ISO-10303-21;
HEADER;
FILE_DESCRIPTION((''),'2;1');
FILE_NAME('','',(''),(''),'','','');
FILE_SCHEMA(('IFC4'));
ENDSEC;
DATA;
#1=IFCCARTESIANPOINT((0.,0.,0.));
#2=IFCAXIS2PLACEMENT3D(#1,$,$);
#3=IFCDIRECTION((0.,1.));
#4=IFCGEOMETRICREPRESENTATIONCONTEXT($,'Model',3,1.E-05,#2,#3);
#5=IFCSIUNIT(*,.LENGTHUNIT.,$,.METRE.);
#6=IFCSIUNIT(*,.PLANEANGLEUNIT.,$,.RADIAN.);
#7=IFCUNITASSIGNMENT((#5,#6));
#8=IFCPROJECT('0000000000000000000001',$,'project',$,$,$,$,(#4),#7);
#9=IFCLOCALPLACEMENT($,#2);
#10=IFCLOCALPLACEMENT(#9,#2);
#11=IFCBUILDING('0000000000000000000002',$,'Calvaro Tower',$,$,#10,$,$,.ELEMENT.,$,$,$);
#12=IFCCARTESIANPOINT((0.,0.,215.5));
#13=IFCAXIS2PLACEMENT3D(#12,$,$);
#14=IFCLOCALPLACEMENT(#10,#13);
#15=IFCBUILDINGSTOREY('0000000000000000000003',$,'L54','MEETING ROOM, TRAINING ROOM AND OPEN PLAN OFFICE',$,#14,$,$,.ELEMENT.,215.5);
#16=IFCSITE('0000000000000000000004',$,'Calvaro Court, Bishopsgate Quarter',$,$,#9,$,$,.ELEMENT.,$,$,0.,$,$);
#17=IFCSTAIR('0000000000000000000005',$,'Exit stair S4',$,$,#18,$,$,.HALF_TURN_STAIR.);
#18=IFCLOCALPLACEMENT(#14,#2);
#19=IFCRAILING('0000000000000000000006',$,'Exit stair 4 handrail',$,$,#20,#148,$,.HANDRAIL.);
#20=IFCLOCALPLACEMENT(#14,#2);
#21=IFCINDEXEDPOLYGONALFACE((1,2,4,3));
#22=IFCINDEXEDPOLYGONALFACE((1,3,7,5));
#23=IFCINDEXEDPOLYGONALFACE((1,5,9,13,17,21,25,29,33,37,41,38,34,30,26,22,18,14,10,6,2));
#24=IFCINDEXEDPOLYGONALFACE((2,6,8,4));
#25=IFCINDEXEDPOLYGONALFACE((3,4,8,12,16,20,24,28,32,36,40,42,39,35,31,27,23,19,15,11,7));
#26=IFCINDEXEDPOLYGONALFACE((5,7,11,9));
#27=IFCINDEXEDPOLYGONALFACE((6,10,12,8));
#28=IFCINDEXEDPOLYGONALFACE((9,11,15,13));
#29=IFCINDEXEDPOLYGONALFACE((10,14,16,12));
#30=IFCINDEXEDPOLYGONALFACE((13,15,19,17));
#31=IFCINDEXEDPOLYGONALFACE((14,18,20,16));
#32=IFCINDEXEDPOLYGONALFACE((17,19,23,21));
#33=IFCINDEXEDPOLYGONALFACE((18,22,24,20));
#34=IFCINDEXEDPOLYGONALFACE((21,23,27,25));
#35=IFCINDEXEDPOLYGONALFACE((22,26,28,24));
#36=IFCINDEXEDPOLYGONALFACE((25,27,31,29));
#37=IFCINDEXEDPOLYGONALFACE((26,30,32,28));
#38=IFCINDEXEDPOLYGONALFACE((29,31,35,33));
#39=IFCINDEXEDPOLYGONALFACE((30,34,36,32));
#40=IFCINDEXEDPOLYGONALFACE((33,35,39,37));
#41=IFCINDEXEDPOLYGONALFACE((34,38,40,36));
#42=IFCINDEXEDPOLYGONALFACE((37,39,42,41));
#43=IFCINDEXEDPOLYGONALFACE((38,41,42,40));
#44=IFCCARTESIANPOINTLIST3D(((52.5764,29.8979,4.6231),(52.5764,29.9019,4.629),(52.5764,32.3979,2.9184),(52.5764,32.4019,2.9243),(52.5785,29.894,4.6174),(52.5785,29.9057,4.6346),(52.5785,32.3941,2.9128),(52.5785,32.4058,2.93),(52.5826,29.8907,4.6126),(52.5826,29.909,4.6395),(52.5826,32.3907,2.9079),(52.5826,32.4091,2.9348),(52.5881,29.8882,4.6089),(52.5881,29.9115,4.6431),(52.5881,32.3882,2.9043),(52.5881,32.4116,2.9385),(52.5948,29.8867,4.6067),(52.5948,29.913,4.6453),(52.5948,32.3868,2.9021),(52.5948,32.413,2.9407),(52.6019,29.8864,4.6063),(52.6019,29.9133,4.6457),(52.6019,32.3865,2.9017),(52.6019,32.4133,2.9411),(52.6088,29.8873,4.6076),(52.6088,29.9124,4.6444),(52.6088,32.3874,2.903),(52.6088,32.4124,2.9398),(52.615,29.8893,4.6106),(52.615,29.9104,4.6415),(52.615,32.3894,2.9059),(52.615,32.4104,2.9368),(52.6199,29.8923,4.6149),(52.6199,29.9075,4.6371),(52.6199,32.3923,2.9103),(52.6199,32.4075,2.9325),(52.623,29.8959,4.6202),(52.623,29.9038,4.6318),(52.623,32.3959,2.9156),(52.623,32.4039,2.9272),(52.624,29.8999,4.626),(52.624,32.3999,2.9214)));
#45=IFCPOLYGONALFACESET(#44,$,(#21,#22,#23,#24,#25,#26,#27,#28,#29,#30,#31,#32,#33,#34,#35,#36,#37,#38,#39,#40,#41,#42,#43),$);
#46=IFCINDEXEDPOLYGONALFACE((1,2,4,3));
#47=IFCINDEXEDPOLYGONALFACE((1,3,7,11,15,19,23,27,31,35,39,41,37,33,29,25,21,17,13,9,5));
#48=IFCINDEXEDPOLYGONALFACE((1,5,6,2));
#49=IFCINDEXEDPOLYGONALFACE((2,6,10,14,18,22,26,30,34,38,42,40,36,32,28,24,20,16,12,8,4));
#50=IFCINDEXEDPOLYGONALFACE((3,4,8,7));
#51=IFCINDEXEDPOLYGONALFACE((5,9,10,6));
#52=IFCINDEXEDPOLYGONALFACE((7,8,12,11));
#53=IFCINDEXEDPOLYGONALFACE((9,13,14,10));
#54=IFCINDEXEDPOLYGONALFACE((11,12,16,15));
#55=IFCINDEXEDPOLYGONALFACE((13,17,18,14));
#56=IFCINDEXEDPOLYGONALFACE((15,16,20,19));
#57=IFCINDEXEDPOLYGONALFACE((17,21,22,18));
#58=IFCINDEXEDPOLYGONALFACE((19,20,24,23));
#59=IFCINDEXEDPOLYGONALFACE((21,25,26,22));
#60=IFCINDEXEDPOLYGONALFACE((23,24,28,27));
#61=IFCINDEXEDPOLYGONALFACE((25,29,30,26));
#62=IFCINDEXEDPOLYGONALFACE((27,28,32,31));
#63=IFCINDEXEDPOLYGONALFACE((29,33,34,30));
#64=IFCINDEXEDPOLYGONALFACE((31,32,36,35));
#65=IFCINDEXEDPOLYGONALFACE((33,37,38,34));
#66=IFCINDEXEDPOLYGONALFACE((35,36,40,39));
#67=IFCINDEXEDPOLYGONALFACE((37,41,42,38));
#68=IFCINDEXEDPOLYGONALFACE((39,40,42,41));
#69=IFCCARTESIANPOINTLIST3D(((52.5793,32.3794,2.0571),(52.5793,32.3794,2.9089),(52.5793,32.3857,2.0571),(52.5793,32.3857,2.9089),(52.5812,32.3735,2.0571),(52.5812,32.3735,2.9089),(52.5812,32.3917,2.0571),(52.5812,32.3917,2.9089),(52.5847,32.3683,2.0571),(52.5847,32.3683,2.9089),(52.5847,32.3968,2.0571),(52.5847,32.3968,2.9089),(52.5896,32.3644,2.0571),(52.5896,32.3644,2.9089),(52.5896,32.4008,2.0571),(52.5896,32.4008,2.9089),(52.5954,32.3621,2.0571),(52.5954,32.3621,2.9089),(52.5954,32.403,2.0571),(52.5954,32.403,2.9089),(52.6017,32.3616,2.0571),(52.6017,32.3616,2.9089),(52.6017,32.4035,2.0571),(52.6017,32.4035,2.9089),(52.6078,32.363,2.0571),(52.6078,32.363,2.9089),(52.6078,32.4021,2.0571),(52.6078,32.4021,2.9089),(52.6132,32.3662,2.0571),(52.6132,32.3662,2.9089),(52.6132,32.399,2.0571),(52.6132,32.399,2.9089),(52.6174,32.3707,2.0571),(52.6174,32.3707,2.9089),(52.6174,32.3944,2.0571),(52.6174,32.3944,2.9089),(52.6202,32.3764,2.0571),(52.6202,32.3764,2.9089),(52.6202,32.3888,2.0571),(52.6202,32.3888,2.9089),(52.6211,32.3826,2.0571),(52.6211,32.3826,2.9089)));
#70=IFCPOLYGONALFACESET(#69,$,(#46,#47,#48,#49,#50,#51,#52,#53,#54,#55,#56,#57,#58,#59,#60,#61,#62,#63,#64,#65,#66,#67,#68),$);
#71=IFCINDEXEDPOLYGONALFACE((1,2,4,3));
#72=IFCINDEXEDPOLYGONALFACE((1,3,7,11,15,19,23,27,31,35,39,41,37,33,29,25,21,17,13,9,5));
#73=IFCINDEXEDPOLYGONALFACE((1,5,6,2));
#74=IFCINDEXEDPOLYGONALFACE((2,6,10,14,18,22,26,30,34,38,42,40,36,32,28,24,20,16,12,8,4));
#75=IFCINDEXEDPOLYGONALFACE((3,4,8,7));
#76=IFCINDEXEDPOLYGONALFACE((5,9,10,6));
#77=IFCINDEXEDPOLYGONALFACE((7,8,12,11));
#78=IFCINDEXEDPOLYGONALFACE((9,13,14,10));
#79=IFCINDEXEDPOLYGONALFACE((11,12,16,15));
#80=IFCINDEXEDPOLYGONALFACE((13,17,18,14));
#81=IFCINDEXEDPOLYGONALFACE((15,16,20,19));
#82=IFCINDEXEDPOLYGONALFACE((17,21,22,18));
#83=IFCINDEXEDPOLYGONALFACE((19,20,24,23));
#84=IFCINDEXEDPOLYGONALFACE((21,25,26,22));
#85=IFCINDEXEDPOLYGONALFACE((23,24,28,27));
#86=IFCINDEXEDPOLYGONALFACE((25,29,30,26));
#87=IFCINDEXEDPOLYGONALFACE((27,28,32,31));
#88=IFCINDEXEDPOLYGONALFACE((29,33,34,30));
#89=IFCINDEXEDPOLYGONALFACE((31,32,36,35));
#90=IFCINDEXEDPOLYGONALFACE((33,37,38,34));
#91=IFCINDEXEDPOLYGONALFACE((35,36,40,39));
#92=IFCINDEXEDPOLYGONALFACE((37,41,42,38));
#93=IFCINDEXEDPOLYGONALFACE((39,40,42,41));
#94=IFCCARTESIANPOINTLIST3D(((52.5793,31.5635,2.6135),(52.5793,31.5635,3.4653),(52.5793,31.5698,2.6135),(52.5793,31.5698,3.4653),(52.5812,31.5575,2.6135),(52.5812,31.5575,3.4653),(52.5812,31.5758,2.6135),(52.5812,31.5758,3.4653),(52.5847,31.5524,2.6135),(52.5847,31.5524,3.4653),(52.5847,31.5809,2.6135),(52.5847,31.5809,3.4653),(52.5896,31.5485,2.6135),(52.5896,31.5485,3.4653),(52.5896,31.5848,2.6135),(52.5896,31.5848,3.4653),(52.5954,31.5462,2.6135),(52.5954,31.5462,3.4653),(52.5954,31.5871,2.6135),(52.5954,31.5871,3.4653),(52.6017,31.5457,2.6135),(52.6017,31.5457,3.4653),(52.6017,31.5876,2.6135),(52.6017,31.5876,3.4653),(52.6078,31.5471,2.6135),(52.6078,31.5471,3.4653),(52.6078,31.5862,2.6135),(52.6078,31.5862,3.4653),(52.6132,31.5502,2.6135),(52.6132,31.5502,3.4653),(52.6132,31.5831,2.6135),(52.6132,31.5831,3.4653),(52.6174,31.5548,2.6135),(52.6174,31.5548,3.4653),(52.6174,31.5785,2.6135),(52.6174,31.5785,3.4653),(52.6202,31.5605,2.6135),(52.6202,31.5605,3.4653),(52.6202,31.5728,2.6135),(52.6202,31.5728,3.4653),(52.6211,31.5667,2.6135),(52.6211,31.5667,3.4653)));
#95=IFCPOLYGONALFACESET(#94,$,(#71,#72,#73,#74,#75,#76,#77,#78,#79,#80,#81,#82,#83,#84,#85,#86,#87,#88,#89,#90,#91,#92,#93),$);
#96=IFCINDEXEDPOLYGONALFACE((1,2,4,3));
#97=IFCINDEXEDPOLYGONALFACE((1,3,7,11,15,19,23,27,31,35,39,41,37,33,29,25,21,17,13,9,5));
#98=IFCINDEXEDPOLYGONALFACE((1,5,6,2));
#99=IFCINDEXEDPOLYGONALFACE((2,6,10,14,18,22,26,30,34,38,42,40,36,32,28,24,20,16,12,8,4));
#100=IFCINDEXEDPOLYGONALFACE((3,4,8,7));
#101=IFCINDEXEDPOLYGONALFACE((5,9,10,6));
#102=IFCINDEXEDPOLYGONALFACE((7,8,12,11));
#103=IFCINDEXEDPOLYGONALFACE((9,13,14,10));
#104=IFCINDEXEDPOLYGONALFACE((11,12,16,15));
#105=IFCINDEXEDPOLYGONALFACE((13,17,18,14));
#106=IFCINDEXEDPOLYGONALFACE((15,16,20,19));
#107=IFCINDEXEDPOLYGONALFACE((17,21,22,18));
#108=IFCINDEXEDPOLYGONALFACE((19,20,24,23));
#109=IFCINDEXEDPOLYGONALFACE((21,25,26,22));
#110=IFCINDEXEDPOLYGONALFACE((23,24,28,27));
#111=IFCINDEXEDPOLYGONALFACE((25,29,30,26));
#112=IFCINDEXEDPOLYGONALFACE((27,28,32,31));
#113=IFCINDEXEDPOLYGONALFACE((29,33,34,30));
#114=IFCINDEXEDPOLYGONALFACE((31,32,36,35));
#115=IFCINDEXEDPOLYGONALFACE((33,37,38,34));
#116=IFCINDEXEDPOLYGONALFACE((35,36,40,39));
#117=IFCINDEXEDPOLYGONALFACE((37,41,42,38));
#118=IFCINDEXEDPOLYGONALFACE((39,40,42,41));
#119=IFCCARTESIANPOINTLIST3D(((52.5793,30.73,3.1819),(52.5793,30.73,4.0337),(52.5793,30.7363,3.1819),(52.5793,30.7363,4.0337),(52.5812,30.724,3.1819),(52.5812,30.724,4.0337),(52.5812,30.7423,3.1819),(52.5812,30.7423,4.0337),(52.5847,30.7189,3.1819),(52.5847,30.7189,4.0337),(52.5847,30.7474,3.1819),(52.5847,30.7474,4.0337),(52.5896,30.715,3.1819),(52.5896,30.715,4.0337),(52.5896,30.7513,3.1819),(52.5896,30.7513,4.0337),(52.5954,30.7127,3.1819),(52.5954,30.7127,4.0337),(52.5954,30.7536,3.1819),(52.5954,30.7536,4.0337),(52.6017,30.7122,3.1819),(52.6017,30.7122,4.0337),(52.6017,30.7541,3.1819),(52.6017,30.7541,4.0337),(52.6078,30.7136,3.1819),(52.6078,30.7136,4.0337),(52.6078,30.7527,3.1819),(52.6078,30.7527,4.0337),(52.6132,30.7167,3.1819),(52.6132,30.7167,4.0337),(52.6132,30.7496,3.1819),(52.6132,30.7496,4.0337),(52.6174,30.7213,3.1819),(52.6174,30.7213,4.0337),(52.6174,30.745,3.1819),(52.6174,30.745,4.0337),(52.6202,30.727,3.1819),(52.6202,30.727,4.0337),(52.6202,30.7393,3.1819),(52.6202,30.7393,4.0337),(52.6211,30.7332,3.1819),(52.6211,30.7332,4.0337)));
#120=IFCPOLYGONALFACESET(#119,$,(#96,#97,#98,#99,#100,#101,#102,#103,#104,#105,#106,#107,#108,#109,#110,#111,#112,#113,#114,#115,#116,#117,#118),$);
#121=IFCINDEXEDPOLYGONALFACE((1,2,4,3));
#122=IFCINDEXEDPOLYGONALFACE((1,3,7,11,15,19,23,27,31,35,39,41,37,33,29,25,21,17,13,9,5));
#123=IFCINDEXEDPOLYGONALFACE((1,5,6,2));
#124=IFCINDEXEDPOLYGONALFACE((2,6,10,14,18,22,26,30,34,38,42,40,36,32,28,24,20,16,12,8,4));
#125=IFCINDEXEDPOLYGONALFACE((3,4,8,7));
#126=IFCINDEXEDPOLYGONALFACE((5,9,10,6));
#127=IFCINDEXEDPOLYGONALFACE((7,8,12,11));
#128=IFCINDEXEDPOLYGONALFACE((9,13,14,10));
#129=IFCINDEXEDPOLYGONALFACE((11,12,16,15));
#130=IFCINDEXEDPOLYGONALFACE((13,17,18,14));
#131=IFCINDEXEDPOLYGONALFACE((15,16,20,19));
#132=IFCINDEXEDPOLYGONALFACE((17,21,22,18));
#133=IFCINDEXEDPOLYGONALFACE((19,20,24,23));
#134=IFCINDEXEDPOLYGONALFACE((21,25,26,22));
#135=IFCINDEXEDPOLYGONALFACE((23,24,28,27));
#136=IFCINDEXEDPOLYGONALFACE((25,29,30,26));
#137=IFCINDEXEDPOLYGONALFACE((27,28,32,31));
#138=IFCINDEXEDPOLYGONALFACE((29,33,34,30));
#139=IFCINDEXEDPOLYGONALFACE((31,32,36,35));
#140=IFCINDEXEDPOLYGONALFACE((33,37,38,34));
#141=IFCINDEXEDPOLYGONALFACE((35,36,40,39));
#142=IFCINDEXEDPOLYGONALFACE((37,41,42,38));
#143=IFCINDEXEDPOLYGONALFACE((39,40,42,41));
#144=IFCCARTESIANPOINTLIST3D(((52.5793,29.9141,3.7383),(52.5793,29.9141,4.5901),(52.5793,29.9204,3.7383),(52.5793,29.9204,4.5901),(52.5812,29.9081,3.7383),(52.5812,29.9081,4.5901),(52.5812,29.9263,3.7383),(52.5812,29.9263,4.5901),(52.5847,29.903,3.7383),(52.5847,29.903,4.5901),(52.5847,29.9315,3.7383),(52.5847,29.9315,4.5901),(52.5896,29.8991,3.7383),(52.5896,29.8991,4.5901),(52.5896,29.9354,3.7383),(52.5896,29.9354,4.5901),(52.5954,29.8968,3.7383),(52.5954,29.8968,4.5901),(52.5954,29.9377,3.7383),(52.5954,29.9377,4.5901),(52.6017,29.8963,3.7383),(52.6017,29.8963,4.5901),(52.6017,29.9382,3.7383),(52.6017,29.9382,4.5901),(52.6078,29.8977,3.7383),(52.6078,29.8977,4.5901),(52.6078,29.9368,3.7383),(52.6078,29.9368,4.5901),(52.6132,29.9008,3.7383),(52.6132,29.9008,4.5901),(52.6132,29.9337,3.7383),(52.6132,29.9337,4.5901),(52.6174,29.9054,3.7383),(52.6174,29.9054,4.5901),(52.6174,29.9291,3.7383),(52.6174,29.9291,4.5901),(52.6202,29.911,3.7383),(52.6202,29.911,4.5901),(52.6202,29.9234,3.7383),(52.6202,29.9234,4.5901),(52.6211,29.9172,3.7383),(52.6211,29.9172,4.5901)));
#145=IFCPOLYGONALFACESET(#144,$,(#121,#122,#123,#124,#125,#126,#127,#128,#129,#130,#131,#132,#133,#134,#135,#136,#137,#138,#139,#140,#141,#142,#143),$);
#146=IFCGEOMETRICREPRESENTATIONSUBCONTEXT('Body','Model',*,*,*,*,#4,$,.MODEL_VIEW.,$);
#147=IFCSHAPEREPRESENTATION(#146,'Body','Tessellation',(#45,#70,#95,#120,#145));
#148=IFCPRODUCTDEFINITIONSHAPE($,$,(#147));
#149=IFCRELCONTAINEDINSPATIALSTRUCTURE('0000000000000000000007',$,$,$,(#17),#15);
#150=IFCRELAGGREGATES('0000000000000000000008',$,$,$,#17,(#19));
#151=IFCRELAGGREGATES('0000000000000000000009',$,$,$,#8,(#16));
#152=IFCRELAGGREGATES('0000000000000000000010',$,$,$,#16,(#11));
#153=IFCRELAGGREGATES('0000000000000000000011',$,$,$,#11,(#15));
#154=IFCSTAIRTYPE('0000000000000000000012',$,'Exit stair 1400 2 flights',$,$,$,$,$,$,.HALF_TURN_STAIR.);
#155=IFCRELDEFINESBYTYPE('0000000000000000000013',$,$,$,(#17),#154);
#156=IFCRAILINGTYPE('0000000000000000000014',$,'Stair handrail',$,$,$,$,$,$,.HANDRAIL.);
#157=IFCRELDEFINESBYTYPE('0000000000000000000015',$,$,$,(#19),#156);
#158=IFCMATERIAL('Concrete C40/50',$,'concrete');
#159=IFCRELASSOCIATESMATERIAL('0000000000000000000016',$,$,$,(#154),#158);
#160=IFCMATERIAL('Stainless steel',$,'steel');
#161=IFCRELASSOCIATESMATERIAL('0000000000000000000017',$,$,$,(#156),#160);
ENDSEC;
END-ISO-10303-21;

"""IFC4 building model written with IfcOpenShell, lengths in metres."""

from ifc_helpers import new_model, si_unit, direction, frame, origin, origin_2d, place, context, subcontext, project, spatial, circle, extrude, material, type_object, element, aggregate, save


model = new_model("IFC4")

# Units and contexts
model_context = context("Model", 3, precision=1e-05, world=origin(), true_north=direction((0.0, 1.0)))
body_context = subcontext(model_context, "Body", "Model", "MODEL_VIEW")
ifc_project = project(units=[si_unit("LENGTHUNIT", "METRE"), si_unit("PLANEANGLEUNIT", "RADIAN")], contexts=[model_context])

# Site, building, storey
site_placement = place(None, origin())
site = spatial("IfcSite", under=ifc_project, at=site_placement, Name="Calvaro Court, Bishopsgate Quarter", CompositionType="ELEMENT", RefElevation=0.0)
building_placement = place(site_placement, origin())
building = spatial("IfcBuilding", under=site, at=building_placement, Name="Calvaro Tower", CompositionType="ELEMENT")
storey_placement = place(building_placement, frame((0.0, 0.0, 215.5)))
storey = spatial("IfcBuildingStorey", under=building, at=storey_placement, Name="L54", Description="MEETING ROOM, TRAINING ROOM AND OPEN PLAN OFFICE", CompositionType="ELEMENT", Elevation=215.5)

# Shared definitions
ifc_material_1 = material(Name="Concrete C40/50", Category="concrete")
stair_type = type_object("IfcStairType", Name="Exit stair 1400 2 flights", PredefinedType="HALF_TURN_STAIR", material=ifc_material_1)

# Stair
stair_1_placement = place(storey_placement, origin())
stair_1 = element("IfcStair", 1, at=stair_1_placement, inside=storey, type_object=stair_type, Name="Exit stair S4", PredefinedType="HALF_TURN_STAIR")

# Railing
ifc_material_2 = material(Name="Stainless steel", Category="steel")
railing_type = type_object("IfcRailingType", Name="Stair handrail", PredefinedType="HANDRAIL", material=ifc_material_2)
railing_1_placement = place(storey_placement, frame((52.6001, 32.3999, 2.0454)))
railing_1 = element("IfcRailing", 2, at=railing_1_placement, type_object=railing_type, Name="Exit stair 4 handrail", PredefinedType="HANDRAIL", context=body_context, shape_type="SweptSolid", body=[
    extrude(circle(Radius=0.0239, at=origin_2d()), frame((0.0, 0.0, 0.876), z_axis=(0.0, -0.826221, 0.563347), x_axis=(1.0, 0.0, 0.0)), (0.0, 0.0, 1.0), 3.0259),
    extrude(circle(Radius=0.021, at=origin_2d()), frame((0.0, -0.0173, 0.0117)), (0.0, 0.0, 1.0), 0.8518),
    extrude(circle(Radius=0.021, at=origin_2d()), frame((0.0, -0.8333, 0.5681)), (0.0, 0.0, 1.0), 0.8518),
    extrude(circle(Radius=0.021, at=origin_2d()), frame((0.0, -1.6667, 1.1365)), (0.0, 0.0, 1.0), 0.8518),
    extrude(circle(Radius=0.021, at=origin_2d()), frame((0.0, -2.4827, 1.6929)), (0.0, 0.0, 1.0), 0.8518),
])
aggregate(stair_1, [railing_1])

save(model, "model.ifc")
